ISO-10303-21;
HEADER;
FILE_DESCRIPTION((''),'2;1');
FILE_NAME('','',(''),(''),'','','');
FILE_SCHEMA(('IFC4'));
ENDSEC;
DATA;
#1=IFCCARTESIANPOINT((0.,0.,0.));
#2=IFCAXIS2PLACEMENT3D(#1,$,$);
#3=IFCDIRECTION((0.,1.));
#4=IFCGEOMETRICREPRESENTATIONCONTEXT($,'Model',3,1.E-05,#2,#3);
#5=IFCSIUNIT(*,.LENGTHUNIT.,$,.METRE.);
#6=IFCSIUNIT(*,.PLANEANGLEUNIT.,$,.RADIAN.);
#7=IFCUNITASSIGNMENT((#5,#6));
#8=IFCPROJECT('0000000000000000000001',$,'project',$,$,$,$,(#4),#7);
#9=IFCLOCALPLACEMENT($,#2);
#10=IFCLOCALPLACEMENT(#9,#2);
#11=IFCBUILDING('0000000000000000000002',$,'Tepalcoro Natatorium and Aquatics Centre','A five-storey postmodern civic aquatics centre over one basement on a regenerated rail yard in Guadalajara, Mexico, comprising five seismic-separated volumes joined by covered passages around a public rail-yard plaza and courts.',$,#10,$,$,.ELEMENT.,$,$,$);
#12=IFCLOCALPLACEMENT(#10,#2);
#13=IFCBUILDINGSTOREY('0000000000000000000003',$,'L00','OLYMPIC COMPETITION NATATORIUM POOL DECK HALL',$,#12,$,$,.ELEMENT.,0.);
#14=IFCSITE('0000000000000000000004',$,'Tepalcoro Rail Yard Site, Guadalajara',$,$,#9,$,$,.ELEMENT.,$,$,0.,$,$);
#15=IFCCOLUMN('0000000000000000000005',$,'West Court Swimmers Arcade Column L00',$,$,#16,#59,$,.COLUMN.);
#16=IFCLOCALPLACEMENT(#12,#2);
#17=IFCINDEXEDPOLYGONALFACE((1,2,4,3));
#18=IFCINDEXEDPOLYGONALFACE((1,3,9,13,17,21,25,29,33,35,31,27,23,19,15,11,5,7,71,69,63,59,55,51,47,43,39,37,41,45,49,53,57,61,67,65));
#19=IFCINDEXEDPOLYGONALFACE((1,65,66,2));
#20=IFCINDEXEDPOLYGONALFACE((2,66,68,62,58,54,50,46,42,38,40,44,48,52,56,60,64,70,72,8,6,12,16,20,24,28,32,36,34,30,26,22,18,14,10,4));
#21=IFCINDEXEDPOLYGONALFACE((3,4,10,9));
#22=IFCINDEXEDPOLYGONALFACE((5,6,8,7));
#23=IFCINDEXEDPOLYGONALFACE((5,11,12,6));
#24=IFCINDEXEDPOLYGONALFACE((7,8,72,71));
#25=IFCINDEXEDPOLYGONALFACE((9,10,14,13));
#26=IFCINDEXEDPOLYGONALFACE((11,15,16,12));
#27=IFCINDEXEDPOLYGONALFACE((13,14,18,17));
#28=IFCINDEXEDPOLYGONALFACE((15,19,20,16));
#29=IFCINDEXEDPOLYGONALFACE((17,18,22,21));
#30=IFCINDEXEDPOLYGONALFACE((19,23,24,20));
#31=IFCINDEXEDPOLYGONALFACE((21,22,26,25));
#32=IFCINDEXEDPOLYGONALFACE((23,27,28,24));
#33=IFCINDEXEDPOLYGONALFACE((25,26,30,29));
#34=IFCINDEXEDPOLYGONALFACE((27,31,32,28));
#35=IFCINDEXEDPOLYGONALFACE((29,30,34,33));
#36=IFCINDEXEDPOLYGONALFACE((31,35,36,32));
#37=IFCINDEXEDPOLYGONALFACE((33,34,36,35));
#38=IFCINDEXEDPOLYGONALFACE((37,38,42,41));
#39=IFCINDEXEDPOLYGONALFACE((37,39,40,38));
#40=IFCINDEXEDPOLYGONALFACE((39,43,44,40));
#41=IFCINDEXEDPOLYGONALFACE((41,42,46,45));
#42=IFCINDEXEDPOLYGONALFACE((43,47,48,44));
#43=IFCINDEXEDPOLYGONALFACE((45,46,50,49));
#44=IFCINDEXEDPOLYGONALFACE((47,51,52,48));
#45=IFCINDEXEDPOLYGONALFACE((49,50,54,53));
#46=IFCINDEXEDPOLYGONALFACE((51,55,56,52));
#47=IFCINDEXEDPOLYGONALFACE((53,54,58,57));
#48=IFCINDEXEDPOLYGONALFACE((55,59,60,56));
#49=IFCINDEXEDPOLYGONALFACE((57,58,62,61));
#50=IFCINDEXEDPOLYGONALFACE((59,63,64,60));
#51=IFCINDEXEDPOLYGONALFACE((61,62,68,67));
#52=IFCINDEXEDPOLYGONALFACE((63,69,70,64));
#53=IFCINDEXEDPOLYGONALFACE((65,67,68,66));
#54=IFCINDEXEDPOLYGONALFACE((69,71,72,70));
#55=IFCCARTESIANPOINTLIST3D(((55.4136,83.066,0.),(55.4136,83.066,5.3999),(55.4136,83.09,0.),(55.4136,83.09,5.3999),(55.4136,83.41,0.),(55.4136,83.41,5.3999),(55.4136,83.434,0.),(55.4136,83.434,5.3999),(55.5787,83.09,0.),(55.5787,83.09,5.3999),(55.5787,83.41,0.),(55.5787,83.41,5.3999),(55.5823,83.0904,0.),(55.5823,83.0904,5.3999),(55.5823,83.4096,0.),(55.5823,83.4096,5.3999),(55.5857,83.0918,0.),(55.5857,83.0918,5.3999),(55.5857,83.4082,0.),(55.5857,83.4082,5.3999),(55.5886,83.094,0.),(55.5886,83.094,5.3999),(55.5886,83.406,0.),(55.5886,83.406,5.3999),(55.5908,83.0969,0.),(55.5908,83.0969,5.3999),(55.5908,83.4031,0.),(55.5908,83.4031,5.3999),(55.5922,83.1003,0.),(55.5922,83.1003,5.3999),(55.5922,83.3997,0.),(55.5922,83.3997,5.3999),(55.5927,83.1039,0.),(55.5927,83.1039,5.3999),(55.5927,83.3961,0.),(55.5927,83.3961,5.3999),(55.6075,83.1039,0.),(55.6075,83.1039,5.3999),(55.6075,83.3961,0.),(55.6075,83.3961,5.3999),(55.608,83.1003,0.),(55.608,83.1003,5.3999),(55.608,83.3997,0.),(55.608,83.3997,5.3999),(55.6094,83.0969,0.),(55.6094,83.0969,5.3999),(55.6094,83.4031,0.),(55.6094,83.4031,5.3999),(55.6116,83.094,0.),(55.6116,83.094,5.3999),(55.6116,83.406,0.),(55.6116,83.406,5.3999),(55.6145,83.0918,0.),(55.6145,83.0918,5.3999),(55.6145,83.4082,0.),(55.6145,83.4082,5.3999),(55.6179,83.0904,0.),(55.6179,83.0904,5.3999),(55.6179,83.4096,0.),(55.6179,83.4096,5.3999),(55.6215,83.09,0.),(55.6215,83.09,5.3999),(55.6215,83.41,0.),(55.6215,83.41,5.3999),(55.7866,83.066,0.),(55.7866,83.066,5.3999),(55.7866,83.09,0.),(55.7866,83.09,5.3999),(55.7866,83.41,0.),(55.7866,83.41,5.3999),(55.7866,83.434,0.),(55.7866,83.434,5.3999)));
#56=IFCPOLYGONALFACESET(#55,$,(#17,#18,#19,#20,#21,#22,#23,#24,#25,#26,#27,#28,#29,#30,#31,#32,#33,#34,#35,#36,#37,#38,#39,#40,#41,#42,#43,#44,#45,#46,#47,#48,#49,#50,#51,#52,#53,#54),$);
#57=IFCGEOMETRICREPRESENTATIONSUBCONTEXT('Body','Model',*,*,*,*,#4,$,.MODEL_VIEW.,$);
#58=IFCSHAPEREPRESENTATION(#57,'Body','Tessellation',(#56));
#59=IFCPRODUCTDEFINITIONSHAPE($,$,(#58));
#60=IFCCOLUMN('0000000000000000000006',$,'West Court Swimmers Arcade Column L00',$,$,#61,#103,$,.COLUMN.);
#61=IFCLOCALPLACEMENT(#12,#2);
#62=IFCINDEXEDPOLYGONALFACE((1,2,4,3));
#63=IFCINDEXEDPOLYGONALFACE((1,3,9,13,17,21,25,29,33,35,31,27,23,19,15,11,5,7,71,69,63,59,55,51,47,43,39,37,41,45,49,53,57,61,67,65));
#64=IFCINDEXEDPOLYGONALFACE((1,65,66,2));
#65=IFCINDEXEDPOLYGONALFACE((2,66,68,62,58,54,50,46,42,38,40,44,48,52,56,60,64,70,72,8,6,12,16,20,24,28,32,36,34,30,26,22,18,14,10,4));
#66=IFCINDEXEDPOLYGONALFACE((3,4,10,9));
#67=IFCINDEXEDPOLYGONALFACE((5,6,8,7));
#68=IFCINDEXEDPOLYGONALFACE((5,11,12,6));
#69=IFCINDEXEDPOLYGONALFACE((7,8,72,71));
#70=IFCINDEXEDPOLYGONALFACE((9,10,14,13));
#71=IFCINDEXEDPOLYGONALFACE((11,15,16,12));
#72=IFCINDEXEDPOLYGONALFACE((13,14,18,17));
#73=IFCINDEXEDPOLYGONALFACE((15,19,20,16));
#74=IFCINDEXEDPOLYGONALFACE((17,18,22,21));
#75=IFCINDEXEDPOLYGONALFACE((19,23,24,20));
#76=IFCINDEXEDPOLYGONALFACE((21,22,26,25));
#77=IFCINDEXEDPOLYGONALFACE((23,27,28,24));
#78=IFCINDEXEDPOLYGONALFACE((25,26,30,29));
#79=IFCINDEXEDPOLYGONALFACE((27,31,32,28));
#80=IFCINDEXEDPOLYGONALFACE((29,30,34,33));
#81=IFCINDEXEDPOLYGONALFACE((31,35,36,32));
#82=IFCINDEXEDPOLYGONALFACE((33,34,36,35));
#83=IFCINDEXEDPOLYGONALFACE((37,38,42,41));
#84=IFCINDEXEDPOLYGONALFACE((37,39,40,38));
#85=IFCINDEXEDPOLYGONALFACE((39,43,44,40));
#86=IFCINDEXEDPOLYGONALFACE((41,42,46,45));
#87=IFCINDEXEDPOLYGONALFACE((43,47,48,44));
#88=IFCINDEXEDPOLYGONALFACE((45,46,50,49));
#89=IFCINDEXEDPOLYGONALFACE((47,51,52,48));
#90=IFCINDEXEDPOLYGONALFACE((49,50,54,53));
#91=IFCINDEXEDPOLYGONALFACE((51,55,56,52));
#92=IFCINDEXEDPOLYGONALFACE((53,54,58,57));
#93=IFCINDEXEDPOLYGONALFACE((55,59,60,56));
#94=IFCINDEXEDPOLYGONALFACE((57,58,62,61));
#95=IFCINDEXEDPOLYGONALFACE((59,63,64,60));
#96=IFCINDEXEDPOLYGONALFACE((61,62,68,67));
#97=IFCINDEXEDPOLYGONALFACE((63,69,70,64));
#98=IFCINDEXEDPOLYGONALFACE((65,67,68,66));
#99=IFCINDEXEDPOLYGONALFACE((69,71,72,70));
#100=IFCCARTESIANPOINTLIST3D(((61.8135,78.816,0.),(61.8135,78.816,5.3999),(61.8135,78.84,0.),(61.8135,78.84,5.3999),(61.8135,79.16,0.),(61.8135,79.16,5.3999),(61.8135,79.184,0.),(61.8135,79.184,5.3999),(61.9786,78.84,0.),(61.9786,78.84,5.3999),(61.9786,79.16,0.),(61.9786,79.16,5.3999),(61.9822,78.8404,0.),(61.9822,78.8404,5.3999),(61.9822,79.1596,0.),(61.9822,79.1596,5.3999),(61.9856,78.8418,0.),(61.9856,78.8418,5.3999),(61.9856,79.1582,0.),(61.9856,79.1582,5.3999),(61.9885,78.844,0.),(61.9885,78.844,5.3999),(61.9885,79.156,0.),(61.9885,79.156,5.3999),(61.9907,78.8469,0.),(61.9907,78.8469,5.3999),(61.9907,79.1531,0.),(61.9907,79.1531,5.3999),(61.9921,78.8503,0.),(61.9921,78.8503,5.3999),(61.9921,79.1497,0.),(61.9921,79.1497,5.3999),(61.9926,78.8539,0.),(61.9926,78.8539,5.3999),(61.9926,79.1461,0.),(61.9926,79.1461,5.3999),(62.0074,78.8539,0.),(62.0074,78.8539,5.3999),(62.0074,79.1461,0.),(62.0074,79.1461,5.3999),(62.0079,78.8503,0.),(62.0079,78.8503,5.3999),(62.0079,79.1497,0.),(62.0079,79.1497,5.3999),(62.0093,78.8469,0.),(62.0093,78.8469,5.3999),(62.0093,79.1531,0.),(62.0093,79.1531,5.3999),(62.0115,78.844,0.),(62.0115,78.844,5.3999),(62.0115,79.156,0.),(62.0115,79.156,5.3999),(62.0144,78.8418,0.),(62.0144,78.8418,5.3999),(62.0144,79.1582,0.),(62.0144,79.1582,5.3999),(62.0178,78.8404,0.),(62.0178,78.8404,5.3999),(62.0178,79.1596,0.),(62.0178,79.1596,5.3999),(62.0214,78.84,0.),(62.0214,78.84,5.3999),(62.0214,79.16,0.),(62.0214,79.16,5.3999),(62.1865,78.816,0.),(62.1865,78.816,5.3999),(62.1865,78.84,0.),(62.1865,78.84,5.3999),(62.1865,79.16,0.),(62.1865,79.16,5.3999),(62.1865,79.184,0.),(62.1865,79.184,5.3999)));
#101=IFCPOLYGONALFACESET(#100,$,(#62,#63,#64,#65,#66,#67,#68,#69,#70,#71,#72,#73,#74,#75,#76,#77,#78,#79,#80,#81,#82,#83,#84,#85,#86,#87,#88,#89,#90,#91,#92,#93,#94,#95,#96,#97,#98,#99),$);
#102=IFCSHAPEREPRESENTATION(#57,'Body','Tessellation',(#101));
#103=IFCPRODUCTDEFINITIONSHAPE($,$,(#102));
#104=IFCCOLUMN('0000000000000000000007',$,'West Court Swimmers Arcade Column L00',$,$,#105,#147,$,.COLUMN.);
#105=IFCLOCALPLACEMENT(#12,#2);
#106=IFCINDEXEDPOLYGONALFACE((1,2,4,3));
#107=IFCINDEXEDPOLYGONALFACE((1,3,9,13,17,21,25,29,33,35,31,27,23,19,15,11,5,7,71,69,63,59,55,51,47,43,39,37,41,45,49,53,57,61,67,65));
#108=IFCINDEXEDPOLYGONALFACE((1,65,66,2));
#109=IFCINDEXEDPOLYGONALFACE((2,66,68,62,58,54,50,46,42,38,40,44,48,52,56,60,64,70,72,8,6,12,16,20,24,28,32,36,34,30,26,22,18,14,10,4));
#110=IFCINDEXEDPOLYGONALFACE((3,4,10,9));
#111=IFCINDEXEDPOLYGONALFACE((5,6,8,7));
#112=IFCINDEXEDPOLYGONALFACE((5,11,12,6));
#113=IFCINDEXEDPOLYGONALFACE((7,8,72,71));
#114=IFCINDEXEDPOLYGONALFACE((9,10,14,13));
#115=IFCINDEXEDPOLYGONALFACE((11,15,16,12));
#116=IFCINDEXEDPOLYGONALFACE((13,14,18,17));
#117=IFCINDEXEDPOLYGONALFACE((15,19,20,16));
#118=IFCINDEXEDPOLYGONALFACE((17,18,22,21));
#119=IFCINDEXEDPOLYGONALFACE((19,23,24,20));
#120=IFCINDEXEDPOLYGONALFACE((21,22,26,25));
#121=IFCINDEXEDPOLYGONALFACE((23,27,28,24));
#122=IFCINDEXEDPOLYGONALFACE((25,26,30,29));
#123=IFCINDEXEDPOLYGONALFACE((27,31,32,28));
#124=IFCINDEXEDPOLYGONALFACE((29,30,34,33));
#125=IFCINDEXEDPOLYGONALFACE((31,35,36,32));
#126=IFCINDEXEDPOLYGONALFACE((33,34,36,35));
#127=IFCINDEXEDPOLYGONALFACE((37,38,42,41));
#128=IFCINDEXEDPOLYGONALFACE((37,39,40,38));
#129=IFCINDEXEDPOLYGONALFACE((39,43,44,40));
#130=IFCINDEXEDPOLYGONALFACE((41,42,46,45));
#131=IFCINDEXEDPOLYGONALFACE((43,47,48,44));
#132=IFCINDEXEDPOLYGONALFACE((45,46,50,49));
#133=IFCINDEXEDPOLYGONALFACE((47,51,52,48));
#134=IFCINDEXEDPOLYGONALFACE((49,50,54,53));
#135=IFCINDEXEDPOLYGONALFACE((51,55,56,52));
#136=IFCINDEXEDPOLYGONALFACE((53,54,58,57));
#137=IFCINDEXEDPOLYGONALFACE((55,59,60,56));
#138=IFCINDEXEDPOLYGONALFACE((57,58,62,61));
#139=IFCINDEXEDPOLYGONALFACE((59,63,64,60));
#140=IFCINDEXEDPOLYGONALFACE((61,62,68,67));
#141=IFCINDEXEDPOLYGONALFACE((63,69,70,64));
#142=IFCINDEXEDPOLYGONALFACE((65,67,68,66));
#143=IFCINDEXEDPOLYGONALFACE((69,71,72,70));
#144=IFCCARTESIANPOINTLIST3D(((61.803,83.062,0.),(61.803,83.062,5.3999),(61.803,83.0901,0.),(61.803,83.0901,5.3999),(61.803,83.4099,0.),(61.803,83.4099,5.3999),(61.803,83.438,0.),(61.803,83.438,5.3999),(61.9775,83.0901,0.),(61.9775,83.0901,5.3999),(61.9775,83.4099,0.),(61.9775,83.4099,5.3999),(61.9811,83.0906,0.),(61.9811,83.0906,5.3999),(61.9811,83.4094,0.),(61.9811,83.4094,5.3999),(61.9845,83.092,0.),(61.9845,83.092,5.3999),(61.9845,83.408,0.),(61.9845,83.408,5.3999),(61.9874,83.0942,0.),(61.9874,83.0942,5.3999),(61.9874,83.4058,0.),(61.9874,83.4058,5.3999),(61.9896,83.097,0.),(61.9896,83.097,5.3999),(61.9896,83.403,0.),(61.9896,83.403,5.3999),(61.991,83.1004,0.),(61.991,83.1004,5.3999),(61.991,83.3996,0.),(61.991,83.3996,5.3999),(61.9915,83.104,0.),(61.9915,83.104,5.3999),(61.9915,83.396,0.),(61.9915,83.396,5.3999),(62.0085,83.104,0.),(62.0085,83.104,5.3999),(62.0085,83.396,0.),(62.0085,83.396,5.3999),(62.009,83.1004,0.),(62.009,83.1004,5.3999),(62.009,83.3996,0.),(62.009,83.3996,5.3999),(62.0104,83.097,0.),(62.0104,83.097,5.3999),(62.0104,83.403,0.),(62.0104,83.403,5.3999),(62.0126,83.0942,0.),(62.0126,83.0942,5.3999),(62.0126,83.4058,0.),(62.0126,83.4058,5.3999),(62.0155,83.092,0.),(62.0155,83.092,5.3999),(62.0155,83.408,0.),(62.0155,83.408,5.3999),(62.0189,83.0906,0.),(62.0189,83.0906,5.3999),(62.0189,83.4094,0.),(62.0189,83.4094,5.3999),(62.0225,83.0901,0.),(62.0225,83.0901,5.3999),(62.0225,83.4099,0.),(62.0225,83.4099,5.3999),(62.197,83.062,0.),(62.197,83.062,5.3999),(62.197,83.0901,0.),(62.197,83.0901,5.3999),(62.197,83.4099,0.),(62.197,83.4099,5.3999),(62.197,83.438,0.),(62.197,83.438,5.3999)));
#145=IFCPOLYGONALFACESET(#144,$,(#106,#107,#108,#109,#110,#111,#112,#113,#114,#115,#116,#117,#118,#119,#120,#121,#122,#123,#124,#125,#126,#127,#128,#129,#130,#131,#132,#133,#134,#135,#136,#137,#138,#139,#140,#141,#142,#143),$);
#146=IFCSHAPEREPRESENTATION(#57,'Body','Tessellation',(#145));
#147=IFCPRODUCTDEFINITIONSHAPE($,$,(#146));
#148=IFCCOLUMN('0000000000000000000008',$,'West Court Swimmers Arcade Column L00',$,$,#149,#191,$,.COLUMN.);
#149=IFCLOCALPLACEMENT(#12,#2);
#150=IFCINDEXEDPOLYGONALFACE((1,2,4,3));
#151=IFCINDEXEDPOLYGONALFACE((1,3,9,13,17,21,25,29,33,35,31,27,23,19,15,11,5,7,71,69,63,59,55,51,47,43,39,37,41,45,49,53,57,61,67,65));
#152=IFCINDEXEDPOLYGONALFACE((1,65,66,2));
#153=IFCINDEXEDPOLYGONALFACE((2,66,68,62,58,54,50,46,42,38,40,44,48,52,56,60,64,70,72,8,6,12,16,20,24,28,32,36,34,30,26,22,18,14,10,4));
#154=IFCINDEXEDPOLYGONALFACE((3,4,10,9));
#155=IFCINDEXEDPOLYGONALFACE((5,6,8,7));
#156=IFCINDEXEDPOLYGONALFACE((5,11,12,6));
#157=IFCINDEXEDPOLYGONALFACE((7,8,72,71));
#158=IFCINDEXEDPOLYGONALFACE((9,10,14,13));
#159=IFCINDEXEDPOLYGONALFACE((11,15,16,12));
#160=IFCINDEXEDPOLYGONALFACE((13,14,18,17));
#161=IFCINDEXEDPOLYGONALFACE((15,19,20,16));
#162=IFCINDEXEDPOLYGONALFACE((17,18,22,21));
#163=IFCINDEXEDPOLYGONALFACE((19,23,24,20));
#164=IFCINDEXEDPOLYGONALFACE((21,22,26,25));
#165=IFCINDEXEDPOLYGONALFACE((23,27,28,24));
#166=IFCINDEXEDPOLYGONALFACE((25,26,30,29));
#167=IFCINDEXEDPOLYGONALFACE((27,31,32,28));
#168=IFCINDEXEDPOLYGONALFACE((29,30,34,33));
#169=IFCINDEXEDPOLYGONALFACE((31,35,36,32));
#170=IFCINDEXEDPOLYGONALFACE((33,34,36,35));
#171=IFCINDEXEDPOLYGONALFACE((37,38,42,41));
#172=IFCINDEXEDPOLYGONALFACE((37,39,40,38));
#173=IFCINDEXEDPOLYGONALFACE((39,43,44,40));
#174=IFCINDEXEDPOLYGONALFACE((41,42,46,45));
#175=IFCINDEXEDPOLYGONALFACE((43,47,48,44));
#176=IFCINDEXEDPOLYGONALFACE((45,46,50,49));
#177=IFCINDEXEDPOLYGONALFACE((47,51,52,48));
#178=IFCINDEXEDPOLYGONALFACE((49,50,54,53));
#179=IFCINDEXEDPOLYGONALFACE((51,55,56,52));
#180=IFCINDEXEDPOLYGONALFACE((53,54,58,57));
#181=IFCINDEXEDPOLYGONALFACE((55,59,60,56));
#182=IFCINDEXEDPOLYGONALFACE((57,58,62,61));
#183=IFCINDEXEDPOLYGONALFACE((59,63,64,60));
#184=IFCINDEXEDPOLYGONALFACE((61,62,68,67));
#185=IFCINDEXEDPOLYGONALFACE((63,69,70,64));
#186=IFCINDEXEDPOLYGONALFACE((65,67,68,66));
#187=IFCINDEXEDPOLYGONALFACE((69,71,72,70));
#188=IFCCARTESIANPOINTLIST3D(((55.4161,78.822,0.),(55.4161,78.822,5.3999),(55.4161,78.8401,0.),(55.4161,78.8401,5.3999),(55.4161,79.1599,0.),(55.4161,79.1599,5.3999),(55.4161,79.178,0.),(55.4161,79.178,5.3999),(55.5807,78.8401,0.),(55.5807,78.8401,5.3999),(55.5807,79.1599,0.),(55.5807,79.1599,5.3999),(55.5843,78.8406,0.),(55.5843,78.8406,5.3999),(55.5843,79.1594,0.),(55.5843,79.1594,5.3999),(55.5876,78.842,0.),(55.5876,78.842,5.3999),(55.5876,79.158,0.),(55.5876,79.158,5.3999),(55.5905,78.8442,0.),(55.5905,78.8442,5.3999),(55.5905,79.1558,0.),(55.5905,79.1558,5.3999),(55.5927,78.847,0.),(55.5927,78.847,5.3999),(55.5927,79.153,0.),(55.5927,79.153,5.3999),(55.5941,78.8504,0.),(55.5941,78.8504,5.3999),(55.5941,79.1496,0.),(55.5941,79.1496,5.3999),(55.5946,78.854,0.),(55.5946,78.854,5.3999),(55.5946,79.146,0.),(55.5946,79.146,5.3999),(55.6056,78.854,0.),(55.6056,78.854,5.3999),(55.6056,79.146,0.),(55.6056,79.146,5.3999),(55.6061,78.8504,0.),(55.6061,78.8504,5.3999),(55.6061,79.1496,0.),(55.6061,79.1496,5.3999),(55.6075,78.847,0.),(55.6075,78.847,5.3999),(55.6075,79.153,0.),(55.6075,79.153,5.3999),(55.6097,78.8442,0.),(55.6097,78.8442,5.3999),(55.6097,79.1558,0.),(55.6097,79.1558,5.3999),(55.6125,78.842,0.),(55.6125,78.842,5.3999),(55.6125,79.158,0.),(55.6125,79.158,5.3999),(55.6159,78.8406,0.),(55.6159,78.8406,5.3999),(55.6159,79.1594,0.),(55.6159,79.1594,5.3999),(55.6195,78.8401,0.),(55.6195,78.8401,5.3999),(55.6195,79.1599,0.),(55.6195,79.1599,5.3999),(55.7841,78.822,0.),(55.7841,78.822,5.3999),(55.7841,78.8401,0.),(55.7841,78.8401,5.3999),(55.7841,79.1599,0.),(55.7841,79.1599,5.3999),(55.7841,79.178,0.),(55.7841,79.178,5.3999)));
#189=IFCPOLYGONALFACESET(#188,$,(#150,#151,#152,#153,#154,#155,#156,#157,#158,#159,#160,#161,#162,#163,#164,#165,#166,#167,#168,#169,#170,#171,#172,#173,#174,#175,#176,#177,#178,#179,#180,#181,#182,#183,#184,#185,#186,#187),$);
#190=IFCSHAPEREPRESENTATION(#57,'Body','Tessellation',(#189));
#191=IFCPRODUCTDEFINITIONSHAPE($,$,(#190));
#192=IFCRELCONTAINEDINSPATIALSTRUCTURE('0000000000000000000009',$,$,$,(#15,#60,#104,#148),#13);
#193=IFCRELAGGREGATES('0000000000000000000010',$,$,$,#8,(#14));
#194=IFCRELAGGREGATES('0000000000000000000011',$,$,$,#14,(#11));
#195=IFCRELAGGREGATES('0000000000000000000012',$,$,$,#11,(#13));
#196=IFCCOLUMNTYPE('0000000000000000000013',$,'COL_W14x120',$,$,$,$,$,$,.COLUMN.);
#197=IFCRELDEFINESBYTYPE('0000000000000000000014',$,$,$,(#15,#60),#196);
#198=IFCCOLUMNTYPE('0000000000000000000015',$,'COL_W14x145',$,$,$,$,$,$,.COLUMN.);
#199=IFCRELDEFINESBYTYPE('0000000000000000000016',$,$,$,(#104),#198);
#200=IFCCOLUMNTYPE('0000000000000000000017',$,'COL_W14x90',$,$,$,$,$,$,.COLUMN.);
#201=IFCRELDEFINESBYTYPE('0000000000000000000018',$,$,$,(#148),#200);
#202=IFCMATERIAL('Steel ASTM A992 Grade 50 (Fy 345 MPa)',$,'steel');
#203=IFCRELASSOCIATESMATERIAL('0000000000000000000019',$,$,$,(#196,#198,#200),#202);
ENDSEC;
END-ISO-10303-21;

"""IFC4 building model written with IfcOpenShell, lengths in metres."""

from ifc_helpers import new_model, si_unit, direction, frame, origin, origin_2d, place, context, subcontext, project, spatial, i_section, extrude, material, material_profile, profile_set, type_object, element, save


model = new_model("IFC4")

# Units and contexts
model_context = context("Model", 3, precision=1e-05, world=origin(), true_north=direction((0.0, 1.0)))
body_context = subcontext(model_context, "Body", "Model", "MODEL_VIEW")
ifc_project = project(units=[si_unit("LENGTHUNIT", "METRE"), si_unit("PLANEANGLEUNIT", "RADIAN")], contexts=[model_context])

# Site, building, storey
site_placement = place(None, origin())
site = spatial("IfcSite", under=ifc_project, at=site_placement, Name="Tepalcoro Rail Yard Site, Guadalajara", CompositionType="ELEMENT", RefElevation=0.0)
building_placement = place(site_placement, origin())
building = spatial("IfcBuilding", under=site, at=building_placement, Name="Tepalcoro Natatorium and Aquatics Centre", Description="A five-storey postmodern civic aquatics centre over one basement on a regenerated rail yard in Guadalajara, Mexico, comprising five seismic-separated volumes joined by covered passages around a public rail-yard plaza and courts.", CompositionType="ELEMENT")
storey_placement = place(building_placement, origin())
storey = spatial("IfcBuildingStorey", under=building, at=storey_placement, Name="L00", Description="OLYMPIC COMPETITION NATATORIUM POOL DECK HALL", CompositionType="ELEMENT", Elevation=0.0)

# Columns
ifc_material_1 = material(Name="Steel ASTM A992 Grade 50 (Fy 345 MPa)", Category="steel")
ifc_material_profile_1 = material_profile(ifc_material_1, i_section(OverallWidth=0.373, OverallDepth=0.3679, WebThickness=0.0149, FlangeThickness=0.0239, FilletRadius=0.0139, at=origin_2d()), Name="W14X120")
ifc_profile_set_1 = profile_set([ifc_material_profile_1], Name="Steel ASTM A992 Grade 50 (Fy 345 MPa)")
column_type_1 = type_object("IfcColumnType", Name="COL_W14x120", PredefinedType="COLUMN", material=ifc_profile_set_1)
for number, where, z_axis, x_axis, name in (
    (1, (55.6001, 83.25, 0.0), (0.0, 0.0, 1.0), (1.0, 0.0, 0.0), "West Court Swimmers Arcade Column L00"),
    (2, (62.0, 79.0, 0.0), (0.0, 0.0, 1.0), (1.0, 0.0, 0.0), "West Court Swimmers Arcade Column L00"),
):
    element("IfcColumn", number, at=place(storey_placement, frame(where, z_axis=z_axis, x_axis=x_axis)), inside=storey, type_object=column_type_1, Name=name, PredefinedType="COLUMN", context=body_context, shape_type="SweptSolid", body=[
        extrude(i_section(OverallWidth=0.373, OverallDepth=0.3679, WebThickness=0.0149, FlangeThickness=0.0239, FilletRadius=0.0139, at=origin_2d()), origin(), (0.0, 0.0, 1.0), 5.3999),
    ])
ifc_material_profile_2 = material_profile(ifc_material_1, i_section(OverallWidth=0.394, OverallDepth=0.376, WebThickness=0.0171, FlangeThickness=0.0281, FilletRadius=0.0139, at=origin_2d()), Name="W14X145")
ifc_profile_set_2 = profile_set([ifc_material_profile_2], Name="Steel ASTM A992 Grade 50 (Fy 345 MPa)")
column_type_2 = type_object("IfcColumnType", Name="COL_W14x145", PredefinedType="COLUMN", material=ifc_profile_set_2)
column_1_placement = place(storey_placement, frame((62.0, 83.25, 0.0), z_axis=(0.0, 0.0, 1.0), x_axis=(1.0, 0.0, 0.0)))
element("IfcColumn", 3, at=column_1_placement, inside=storey, type_object=column_type_2, Name="West Court Swimmers Arcade Column L00", PredefinedType="COLUMN", context=body_context, shape_type="SweptSolid", body=[
    extrude(i_section(OverallWidth=0.394, OverallDepth=0.376, WebThickness=0.0171, FlangeThickness=0.0281, FilletRadius=0.0139, at=origin_2d()), origin(), (0.0, 0.0, 1.0), 5.3999),
])
ifc_material_profile_3 = material_profile(ifc_material_1, i_section(OverallWidth=0.3679, OverallDepth=0.356, WebThickness=0.011, FlangeThickness=0.0181, FilletRadius=0.0139, at=origin_2d()), Name="W14X90")
ifc_profile_set_3 = profile_set([ifc_material_profile_3], Name="Steel ASTM A992 Grade 50 (Fy 345 MPa)")
column_type_3 = type_object("IfcColumnType", Name="COL_W14x90", PredefinedType="COLUMN", material=ifc_profile_set_3)
column_2_placement = place(storey_placement, frame((55.6001, 79.0, 0.0), z_axis=(0.0, 0.0, 1.0), x_axis=(1.0, 0.0, 0.0)))
element("IfcColumn", 4, at=column_2_placement, inside=storey, type_object=column_type_3, Name="West Court Swimmers Arcade Column L00", PredefinedType="COLUMN", context=body_context, shape_type="SweptSolid", body=[
    extrude(i_section(OverallWidth=0.3679, OverallDepth=0.356, WebThickness=0.011, FlangeThickness=0.0181, FilletRadius=0.0139, at=origin_2d()), origin(), (0.0, 0.0, 1.0), 5.3999),
])

save(model, "model.ifc")
